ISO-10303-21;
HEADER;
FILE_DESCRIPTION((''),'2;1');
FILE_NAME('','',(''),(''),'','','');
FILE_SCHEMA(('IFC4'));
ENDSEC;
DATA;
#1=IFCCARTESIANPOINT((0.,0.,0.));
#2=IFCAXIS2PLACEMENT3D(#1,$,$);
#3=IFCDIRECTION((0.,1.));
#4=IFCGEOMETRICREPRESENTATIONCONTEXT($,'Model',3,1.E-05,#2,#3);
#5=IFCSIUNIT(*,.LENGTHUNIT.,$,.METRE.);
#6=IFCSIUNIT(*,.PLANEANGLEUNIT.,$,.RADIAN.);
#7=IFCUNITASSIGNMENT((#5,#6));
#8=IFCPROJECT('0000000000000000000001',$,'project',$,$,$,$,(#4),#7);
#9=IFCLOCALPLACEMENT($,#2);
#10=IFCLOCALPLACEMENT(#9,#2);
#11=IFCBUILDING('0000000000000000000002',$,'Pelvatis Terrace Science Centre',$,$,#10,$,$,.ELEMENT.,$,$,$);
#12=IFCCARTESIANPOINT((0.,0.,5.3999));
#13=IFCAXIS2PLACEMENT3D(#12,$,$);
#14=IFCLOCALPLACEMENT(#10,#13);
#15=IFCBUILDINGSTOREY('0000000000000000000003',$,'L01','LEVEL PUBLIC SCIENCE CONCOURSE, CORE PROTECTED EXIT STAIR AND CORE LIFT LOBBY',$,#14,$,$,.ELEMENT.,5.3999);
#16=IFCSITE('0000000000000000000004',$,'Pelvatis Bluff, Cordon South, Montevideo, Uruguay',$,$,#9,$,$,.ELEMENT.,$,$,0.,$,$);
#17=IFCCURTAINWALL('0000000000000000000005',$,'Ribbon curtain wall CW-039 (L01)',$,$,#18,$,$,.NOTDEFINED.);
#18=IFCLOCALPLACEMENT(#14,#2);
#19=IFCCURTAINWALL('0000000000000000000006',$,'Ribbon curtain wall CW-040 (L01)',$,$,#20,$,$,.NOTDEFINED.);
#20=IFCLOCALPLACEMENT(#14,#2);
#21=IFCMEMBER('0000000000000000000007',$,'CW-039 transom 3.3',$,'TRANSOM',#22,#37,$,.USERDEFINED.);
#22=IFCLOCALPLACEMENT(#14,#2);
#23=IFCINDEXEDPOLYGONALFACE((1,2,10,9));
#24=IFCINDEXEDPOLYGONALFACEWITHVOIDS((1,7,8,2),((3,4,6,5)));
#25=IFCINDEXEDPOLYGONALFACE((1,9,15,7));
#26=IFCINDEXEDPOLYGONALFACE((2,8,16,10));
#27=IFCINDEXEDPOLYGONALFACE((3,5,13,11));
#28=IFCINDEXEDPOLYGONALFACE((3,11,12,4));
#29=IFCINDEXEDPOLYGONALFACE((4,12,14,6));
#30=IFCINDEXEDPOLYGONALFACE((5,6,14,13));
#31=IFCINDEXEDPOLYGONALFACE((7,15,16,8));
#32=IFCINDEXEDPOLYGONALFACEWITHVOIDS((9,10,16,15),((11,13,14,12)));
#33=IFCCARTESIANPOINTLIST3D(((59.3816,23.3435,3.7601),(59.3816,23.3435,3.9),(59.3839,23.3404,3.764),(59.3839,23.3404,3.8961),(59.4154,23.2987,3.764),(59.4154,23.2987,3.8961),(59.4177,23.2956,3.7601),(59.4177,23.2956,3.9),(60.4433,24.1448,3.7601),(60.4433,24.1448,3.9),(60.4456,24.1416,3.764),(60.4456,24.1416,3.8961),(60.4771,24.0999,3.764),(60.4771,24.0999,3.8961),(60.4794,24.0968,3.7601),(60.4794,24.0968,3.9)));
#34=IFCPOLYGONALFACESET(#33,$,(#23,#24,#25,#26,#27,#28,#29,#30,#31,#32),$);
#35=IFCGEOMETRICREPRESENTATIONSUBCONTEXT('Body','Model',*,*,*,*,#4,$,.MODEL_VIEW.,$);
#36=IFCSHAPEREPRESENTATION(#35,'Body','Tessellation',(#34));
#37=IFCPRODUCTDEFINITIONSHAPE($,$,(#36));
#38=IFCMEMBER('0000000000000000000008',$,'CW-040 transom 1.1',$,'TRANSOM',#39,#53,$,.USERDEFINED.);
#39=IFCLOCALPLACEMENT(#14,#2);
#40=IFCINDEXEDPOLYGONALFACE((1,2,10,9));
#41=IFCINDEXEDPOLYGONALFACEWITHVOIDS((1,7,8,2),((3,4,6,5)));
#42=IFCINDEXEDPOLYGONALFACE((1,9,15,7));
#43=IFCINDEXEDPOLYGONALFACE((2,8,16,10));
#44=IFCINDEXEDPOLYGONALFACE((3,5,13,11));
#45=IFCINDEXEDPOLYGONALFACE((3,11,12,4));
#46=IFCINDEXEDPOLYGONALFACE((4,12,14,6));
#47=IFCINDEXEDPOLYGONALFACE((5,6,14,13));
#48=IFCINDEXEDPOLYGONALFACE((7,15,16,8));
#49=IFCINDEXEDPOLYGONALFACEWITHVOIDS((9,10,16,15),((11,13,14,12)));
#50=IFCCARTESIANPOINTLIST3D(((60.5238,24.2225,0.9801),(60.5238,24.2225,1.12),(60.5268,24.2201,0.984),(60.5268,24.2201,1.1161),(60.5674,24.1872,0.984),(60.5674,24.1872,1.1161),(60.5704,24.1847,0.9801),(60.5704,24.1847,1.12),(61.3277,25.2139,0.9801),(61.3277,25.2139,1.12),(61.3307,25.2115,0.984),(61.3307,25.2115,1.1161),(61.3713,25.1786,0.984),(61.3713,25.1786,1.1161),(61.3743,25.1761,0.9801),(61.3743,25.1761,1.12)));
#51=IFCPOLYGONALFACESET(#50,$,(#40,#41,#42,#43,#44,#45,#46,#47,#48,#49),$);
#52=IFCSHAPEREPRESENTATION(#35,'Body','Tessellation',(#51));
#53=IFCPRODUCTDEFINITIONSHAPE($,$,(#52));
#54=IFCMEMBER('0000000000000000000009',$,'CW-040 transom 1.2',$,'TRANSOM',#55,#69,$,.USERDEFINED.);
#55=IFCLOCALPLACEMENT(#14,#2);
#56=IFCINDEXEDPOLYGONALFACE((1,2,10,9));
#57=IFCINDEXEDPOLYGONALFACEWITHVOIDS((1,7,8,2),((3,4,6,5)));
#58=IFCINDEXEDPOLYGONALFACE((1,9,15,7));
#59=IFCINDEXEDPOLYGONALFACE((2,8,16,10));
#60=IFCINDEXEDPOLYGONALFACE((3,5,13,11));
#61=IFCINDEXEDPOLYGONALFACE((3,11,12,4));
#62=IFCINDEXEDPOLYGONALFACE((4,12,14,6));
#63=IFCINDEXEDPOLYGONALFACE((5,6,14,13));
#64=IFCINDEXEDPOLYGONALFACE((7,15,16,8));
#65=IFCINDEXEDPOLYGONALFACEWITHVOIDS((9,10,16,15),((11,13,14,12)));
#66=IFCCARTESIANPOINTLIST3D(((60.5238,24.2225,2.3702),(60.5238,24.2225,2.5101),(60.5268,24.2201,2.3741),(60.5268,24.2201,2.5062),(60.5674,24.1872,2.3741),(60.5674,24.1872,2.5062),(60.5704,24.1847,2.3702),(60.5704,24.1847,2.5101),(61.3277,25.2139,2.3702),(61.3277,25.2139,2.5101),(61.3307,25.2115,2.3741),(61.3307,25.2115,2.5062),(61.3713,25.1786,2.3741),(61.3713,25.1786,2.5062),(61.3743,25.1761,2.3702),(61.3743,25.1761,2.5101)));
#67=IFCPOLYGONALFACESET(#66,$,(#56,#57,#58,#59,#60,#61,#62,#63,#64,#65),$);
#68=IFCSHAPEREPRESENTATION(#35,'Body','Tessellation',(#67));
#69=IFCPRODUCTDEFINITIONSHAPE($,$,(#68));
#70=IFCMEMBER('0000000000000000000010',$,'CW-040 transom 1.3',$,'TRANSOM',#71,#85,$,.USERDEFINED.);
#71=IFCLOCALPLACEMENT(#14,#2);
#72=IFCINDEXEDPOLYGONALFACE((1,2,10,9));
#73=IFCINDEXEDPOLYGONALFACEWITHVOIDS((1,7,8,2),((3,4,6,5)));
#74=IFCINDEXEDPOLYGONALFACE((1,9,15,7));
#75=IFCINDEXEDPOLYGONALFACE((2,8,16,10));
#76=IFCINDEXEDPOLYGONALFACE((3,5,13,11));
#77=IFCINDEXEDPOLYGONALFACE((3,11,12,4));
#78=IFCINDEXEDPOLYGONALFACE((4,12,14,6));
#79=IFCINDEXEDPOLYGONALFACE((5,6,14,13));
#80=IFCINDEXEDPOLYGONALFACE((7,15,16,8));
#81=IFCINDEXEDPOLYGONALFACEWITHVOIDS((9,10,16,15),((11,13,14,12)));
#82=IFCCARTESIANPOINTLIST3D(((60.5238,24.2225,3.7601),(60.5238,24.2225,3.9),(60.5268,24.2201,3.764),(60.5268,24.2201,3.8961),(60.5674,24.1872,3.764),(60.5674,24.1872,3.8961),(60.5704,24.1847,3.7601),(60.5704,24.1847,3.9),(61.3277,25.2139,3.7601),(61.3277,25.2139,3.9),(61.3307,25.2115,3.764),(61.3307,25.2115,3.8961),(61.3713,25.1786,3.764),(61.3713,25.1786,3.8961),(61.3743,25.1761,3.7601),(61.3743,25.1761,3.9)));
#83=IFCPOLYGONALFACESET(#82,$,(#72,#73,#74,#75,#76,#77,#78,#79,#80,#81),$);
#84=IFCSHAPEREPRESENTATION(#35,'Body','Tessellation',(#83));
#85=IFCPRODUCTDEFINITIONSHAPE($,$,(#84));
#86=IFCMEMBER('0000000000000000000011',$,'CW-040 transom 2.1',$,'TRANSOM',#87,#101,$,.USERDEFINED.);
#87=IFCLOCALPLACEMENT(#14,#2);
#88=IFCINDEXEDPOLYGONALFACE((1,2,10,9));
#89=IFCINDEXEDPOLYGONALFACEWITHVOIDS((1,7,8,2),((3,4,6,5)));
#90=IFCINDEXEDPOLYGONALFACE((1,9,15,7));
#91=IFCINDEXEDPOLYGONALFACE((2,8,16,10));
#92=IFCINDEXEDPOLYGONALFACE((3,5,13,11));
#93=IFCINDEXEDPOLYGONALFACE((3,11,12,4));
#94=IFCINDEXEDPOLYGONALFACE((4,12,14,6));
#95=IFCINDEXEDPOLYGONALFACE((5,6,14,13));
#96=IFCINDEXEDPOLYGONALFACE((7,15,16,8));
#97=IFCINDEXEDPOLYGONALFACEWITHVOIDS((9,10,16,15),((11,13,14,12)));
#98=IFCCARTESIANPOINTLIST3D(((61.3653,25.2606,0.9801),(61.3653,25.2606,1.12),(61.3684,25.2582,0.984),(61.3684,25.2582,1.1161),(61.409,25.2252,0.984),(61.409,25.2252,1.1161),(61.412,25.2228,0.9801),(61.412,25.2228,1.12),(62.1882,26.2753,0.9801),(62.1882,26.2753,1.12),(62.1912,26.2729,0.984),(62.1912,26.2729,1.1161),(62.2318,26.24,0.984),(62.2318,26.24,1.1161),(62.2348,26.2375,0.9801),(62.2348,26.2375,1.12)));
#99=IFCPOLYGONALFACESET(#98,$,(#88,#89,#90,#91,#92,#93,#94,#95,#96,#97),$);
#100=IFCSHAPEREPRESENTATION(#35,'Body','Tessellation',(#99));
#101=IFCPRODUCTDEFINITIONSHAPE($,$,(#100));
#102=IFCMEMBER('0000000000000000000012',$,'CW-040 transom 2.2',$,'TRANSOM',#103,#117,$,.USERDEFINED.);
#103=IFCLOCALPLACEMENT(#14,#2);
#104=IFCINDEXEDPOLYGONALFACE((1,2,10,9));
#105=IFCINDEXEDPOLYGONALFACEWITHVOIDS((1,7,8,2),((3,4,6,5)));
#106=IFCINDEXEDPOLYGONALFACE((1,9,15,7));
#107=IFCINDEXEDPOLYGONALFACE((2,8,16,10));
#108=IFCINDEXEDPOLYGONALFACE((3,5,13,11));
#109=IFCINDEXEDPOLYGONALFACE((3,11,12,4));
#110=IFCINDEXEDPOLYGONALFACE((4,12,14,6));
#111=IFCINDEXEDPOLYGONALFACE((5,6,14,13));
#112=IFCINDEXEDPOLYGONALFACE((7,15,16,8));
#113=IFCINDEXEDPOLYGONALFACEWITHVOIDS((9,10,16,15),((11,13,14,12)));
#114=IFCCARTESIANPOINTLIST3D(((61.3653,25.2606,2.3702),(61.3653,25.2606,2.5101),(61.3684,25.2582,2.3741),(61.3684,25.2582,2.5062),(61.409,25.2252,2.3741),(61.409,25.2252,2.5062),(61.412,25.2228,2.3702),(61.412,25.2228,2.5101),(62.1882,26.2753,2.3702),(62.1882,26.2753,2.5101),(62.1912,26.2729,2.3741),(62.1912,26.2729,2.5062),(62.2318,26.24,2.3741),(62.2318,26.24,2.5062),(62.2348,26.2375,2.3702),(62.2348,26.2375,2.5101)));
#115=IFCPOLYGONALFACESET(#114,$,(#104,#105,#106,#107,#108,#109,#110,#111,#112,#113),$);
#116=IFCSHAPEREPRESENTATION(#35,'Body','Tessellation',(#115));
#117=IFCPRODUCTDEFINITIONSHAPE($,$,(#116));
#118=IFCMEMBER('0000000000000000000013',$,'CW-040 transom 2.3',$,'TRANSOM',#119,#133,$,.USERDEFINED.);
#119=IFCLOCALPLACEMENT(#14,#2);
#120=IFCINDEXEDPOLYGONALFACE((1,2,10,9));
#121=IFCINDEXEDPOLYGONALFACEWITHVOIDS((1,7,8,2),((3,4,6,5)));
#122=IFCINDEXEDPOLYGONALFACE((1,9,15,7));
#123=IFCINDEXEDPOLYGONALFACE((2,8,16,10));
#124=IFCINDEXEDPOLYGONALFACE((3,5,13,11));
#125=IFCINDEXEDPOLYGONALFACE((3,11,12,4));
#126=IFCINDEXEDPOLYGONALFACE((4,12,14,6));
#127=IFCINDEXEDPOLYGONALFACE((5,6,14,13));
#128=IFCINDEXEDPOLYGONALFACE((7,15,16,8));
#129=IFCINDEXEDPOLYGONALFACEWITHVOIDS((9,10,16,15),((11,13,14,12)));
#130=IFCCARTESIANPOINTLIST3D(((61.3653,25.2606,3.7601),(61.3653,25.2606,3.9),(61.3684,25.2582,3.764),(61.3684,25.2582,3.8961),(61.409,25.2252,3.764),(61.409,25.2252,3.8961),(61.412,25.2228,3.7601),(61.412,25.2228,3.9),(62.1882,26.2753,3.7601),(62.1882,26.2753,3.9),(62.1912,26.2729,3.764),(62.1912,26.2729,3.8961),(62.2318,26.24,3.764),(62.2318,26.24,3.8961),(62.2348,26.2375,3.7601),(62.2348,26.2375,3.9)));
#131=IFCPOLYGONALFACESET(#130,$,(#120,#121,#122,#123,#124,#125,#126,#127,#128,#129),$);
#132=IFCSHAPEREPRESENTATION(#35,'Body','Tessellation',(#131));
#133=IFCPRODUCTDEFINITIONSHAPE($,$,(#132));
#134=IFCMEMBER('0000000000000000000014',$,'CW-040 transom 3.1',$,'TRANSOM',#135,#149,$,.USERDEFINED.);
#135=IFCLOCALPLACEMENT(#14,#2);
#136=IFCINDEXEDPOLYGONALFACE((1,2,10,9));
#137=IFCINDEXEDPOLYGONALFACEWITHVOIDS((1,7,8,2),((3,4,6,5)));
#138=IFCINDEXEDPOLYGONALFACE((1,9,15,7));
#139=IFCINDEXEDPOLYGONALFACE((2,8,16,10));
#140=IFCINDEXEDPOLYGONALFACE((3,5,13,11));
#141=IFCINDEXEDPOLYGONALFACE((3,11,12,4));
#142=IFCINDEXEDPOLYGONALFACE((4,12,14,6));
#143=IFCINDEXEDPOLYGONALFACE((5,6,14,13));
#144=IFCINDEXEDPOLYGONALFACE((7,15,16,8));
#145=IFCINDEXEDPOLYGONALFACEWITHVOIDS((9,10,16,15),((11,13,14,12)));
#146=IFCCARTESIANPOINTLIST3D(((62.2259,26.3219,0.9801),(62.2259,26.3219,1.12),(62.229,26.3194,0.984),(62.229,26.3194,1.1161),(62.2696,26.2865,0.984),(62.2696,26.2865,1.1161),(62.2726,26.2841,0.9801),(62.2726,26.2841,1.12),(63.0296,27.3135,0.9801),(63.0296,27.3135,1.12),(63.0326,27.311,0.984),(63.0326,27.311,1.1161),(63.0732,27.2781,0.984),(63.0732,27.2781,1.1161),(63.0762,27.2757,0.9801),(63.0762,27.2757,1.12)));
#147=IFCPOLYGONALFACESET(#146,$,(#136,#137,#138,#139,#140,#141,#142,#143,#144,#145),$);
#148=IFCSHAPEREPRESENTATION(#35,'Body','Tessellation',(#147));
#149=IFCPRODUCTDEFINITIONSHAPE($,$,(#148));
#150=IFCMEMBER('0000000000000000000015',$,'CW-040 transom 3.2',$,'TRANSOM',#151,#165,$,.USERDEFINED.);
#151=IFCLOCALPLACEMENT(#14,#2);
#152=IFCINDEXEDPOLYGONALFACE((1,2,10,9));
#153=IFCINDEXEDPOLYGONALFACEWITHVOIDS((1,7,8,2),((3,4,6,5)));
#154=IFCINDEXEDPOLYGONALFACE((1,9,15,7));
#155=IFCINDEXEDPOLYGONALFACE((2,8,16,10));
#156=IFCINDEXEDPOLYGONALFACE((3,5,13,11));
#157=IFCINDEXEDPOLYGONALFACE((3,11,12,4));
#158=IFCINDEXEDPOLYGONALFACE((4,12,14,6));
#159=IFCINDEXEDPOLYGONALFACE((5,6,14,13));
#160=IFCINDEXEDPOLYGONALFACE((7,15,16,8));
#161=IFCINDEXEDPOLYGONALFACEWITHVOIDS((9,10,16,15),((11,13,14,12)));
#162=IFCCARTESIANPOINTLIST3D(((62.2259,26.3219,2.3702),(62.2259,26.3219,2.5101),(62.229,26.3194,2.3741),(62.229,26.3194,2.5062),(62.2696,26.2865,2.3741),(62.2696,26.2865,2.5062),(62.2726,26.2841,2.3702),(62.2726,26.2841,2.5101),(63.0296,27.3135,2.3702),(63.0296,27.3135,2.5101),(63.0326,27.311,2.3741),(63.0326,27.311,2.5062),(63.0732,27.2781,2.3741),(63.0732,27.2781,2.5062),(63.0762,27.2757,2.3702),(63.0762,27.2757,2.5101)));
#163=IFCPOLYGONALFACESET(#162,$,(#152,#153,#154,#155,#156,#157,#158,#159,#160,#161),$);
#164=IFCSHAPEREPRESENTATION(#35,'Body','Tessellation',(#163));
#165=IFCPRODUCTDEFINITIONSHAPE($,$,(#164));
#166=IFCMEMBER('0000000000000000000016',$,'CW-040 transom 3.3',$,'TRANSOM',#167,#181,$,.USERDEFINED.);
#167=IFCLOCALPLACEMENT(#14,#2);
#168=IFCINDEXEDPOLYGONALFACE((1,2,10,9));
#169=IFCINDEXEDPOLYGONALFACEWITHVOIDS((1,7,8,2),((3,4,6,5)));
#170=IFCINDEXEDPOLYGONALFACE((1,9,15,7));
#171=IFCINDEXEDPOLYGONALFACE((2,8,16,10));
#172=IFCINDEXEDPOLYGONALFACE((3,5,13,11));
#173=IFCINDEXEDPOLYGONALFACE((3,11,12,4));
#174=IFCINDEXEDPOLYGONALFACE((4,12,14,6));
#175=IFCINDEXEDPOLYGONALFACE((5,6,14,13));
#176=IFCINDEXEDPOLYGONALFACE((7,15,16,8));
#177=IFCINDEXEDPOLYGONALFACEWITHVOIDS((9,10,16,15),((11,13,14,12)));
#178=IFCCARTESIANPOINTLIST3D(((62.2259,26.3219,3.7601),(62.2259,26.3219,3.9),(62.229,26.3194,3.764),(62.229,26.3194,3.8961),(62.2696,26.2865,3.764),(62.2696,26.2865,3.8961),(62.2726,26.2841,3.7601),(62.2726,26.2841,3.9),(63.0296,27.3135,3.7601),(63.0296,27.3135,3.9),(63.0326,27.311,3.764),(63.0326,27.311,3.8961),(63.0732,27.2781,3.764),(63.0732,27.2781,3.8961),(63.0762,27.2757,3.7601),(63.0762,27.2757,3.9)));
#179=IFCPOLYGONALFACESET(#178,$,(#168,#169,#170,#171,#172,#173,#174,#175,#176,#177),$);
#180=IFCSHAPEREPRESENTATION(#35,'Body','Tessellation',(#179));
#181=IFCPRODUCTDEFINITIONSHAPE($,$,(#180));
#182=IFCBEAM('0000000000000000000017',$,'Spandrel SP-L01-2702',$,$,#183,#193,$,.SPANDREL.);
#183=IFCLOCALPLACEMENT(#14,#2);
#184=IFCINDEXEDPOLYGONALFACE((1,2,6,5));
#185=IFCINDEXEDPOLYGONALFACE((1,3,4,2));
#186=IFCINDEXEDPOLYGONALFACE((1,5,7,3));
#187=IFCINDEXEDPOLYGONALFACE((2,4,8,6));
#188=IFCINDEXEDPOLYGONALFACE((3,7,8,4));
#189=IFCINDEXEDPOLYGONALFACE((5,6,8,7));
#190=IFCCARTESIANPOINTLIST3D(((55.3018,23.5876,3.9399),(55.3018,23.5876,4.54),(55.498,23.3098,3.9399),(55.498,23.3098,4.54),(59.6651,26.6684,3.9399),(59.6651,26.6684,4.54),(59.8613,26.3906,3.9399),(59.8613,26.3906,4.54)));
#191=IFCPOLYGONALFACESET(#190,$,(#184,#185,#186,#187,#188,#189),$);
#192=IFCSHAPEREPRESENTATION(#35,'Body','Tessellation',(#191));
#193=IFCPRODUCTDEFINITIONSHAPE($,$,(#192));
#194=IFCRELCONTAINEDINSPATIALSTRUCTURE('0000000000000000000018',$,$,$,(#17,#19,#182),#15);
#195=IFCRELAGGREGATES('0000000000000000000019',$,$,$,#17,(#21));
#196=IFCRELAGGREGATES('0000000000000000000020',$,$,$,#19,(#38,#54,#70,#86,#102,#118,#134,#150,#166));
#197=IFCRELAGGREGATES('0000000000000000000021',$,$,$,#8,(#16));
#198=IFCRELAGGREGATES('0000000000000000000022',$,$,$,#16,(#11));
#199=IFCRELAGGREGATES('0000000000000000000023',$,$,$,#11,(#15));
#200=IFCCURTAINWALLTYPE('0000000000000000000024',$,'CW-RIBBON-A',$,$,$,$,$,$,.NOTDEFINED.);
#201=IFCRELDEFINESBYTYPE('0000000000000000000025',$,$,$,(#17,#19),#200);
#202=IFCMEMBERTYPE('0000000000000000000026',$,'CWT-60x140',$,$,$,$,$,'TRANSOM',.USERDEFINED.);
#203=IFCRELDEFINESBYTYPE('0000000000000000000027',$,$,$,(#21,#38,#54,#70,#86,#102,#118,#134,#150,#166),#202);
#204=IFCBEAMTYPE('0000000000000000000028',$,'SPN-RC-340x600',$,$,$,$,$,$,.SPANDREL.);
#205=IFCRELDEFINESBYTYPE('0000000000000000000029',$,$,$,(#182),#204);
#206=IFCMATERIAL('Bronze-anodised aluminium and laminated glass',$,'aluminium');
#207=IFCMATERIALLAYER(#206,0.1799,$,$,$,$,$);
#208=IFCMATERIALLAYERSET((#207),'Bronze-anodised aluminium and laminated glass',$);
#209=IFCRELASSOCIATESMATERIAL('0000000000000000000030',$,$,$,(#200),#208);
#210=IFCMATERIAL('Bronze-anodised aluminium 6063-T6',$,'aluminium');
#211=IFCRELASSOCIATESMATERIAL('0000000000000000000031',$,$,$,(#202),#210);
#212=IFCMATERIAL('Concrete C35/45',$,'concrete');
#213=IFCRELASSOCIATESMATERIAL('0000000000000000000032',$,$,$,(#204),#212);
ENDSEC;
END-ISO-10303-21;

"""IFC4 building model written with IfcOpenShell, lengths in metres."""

from ifc_helpers import new_model, si_unit, direction, frame, origin, origin_2d, place, context, subcontext, project, spatial, rectangle, hollow_rectangle, extrude, material, layer, layer_set, material_profile, profile_set, type_object, element, aggregate, save


model = new_model("IFC4")

# Units and contexts
model_context = context("Model", 3, precision=1e-05, world=origin(), true_north=direction((0.0, 1.0)))
body_context = subcontext(model_context, "Body", "Model", "MODEL_VIEW")
ifc_project = project(units=[si_unit("LENGTHUNIT", "METRE"), si_unit("PLANEANGLEUNIT", "RADIAN")], contexts=[model_context])

# Site, building, storey
site_placement = place(None, origin())
site = spatial("IfcSite", under=ifc_project, at=site_placement, Name="Pelvatis Bluff, Cordon South, Montevideo, Uruguay", CompositionType="ELEMENT", RefElevation=0.0)
building_placement = place(site_placement, origin())
building = spatial("IfcBuilding", under=site, at=building_placement, Name="Pelvatis Terrace Science Centre", CompositionType="ELEMENT")
storey_placement = place(building_placement, frame((0.0, 0.0, 5.3999)))
storey = spatial("IfcBuildingStorey", under=building, at=storey_placement, Name="L01", Description="LEVEL PUBLIC SCIENCE CONCOURSE, CORE PROTECTED EXIT STAIR AND CORE LIFT LOBBY", CompositionType="ELEMENT", Elevation=5.3999)

# Curtain walls
ifc_material_1 = material(Name="Bronze-anodised aluminium and laminated glass", Category="aluminium")
ifc_layer_1 = layer(ifc_material_1, 0.1799)
ifc_layer_set_1 = layer_set([ifc_layer_1], Name="Bronze-anodised aluminium and laminated glass")
curtain_wall_type = type_object("IfcCurtainWallType", Name="CW-RIBBON-A", PredefinedType="NOTDEFINED", material=ifc_layer_set_1)
curtain_wall_1_placement = place(storey_placement, origin())
curtain_wall_1 = element("IfcCurtainWall", 1, at=curtain_wall_1_placement, inside=storey, type_object=curtain_wall_type, Name="Ribbon curtain wall CW-039 (L01)", PredefinedType="NOTDEFINED")
curtain_wall_2_placement = place(storey_placement, origin())
curtain_wall_2 = element("IfcCurtainWall", 2, at=curtain_wall_2_placement, inside=storey, type_object=curtain_wall_type, Name="Ribbon curtain wall CW-040 (L01)", PredefinedType="NOTDEFINED")

# Members
ifc_material_2 = material(Name="Bronze-anodised aluminium 6063-T6", Category="aluminium")
ifc_material_profile_1 = material_profile(ifc_material_2, hollow_rectangle(XDim=0.0601, YDim=0.1399, WallThickness=0.0039, at=origin_2d()), Name="ALU-TRN 60x140")
ifc_profile_set_1 = profile_set([ifc_material_profile_1], Name="Bronze-anodised aluminium 6063-T6")
member_type_1 = type_object("IfcMemberType", Name="CWT-60x140", ElementType="TRANSOM", PredefinedType="USERDEFINED", material=ifc_profile_set_1)
member_1_placement = place(storey_placement, frame((59.3997, 23.3196, 3.8301), z_axis=(0.798212, 0.602376, 0.0), x_axis=(-0.602376, 0.798212, 0.0)))
member_1 = element("IfcMember", 3, at=member_1_placement, type_object=member_type_1, Name="CW-039 transom 3.3", ObjectType="TRANSOM", PredefinedType="USERDEFINED", context=body_context, shape_type="SweptSolid", body=[
    extrude(hollow_rectangle(XDim=0.0601, YDim=0.1399, WallThickness=0.0039, at=origin_2d()), origin(), (0.0, 0.0, 1.0), 1.3301),
])
member_2_placement = place(storey_placement, frame((60.5471, 24.2036, 1.05), z_axis=(0.629836, 0.776728, 0.0), x_axis=(-0.776728, 0.629836, 0.0)))
member_2 = element("IfcMember", 4, at=member_2_placement, type_object=member_type_1, Name="CW-040 transom 1.1", ObjectType="TRANSOM", PredefinedType="USERDEFINED", context=body_context, shape_type="SweptSolid", body=[
    extrude(hollow_rectangle(XDim=0.0601, YDim=0.1399, WallThickness=0.0039, at=origin_2d()), origin(), (0.0, 0.0, 1.0), 1.2764),
])
member_3_placement = place(storey_placement, frame((60.5471, 24.2036, 2.4402), z_axis=(0.629836, 0.776728, 0.0), x_axis=(-0.776728, 0.629836, 0.0)))
member_3 = element("IfcMember", 5, at=member_3_placement, type_object=member_type_1, Name="CW-040 transom 1.2", ObjectType="TRANSOM", PredefinedType="USERDEFINED", context=body_context, shape_type="SweptSolid", body=[
    extrude(hollow_rectangle(XDim=0.0601, YDim=0.1399, WallThickness=0.0039, at=origin_2d()), origin(), (0.0, 0.0, 1.0), 1.2764),
])
member_4_placement = place(storey_placement, frame((60.5471, 24.2036, 3.8301), z_axis=(0.629836, 0.776728, 0.0), x_axis=(-0.776728, 0.629836, 0.0)))
member_4 = element("IfcMember", 6, at=member_4_placement, type_object=member_type_1, Name="CW-040 transom 1.3", ObjectType="TRANSOM", PredefinedType="USERDEFINED", context=body_context, shape_type="SweptSolid", body=[
    extrude(hollow_rectangle(XDim=0.0601, YDim=0.1399, WallThickness=0.0039, at=origin_2d()), origin(), (0.0, 0.0, 1.0), 1.2764),
])
member_5_placement = place(storey_placement, frame((61.3887, 25.2417, 1.05), z_axis=(0.629832, 0.776731, 0.0), x_axis=(-0.776731, 0.629832, 0.0)))
member_5 = element("IfcMember", 7, at=member_5_placement, type_object=member_type_1, Name="CW-040 transom 2.1", ObjectType="TRANSOM", PredefinedType="USERDEFINED", context=body_context, shape_type="SweptSolid", body=[
    extrude(hollow_rectangle(XDim=0.0601, YDim=0.1399, WallThickness=0.0039, at=origin_2d()), origin(), (0.0, 0.0, 1.0), 1.3064),
])
member_6_placement = place(storey_placement, frame((61.3887, 25.2417, 2.4402), z_axis=(0.629832, 0.776731, 0.0), x_axis=(-0.776731, 0.629832, 0.0)))
member_6 = element("IfcMember", 8, at=member_6_placement, type_object=member_type_1, Name="CW-040 transom 2.2", ObjectType="TRANSOM", PredefinedType="USERDEFINED", context=body_context, shape_type="SweptSolid", body=[
    extrude(hollow_rectangle(XDim=0.0601, YDim=0.1399, WallThickness=0.0039, at=origin_2d()), origin(), (0.0, 0.0, 1.0), 1.3064),
])
member_7_placement = place(storey_placement, frame((61.3887, 25.2417, 3.8301), z_axis=(0.629832, 0.776731, 0.0), x_axis=(-0.776731, 0.629832, 0.0)))
member_7 = element("IfcMember", 9, at=member_7_placement, type_object=member_type_1, Name="CW-040 transom 2.3", ObjectType="TRANSOM", PredefinedType="USERDEFINED", context=body_context, shape_type="SweptSolid", body=[
    extrude(hollow_rectangle(XDim=0.0601, YDim=0.1399, WallThickness=0.0039, at=origin_2d()), origin(), (0.0, 0.0, 1.0), 1.3064),
])
member_8_placement = place(storey_placement, frame((62.2493, 26.303, 1.05), z_axis=(0.629627, 0.776897, 0.0), x_axis=(-0.776897, 0.629627, 0.0)))
member_8 = element("IfcMember", 10, at=member_8_placement, type_object=member_type_1, Name="CW-040 transom 3.1", ObjectType="TRANSOM", PredefinedType="USERDEFINED", context=body_context, shape_type="SweptSolid", body=[
    extrude(hollow_rectangle(XDim=0.0601, YDim=0.1399, WallThickness=0.0039, at=origin_2d()), origin(), (0.0, 0.0, 1.0), 1.2764),
])
member_9_placement = place(storey_placement, frame((62.2493, 26.303, 2.4402), z_axis=(0.629627, 0.776897, 0.0), x_axis=(-0.776897, 0.629627, 0.0)))
member_9 = element("IfcMember", 11, at=member_9_placement, type_object=member_type_1, Name="CW-040 transom 3.2", ObjectType="TRANSOM", PredefinedType="USERDEFINED", context=body_context, shape_type="SweptSolid", body=[
    extrude(hollow_rectangle(XDim=0.0601, YDim=0.1399, WallThickness=0.0039, at=origin_2d()), origin(), (0.0, 0.0, 1.0), 1.2764),
])
member_10_placement = place(storey_placement, frame((62.2493, 26.303, 3.8301), z_axis=(0.629627, 0.776897, 0.0), x_axis=(-0.776897, 0.629627, 0.0)))
member_10 = element("IfcMember", 12, at=member_10_placement, type_object=member_type_1, Name="CW-040 transom 3.3", ObjectType="TRANSOM", PredefinedType="USERDEFINED", context=body_context, shape_type="SweptSolid", body=[
    extrude(hollow_rectangle(XDim=0.0601, YDim=0.1399, WallThickness=0.0039, at=origin_2d()), origin(), (0.0, 0.0, 1.0), 1.2764),
])

# Beam
ifc_material_3 = material(Name="Concrete C35/45", Category="concrete")
ifc_material_profile_2 = material_profile(ifc_material_3, rectangle(XDim=0.3401, YDim=0.6001, at=origin_2d()), Name="RC-SPN 340x600")
ifc_profile_set_2 = profile_set([ifc_material_profile_2], Name="Concrete C35/45")
beam_type = type_object("IfcBeamType", Name="SPN-RC-340x600", PredefinedType="SPANDREL", material=ifc_profile_set_2)
beam_1_placement = place(storey_placement, frame((55.3999, 23.4487, 4.24), z_axis=(0.816893, 0.576789, 0.0), x_axis=(-0.576789, 0.816893, 0.0)))
element("IfcBeam", 13, at=beam_1_placement, inside=storey, type_object=beam_type, Name="Spandrel SP-L01-2702", PredefinedType="SPANDREL", context=body_context, shape_type="SweptSolid", body=[
    extrude(rectangle(XDim=0.3401, YDim=0.6001, at=origin_2d()), origin(), (0.0, 0.0, 1.0), 5.3413),
])

aggregate(curtain_wall_1, [member_1])
aggregate(curtain_wall_2, [member_2, member_3, member_4, member_5, member_6, member_7, member_8, member_9, member_10])

save(model, "model.ifc")
